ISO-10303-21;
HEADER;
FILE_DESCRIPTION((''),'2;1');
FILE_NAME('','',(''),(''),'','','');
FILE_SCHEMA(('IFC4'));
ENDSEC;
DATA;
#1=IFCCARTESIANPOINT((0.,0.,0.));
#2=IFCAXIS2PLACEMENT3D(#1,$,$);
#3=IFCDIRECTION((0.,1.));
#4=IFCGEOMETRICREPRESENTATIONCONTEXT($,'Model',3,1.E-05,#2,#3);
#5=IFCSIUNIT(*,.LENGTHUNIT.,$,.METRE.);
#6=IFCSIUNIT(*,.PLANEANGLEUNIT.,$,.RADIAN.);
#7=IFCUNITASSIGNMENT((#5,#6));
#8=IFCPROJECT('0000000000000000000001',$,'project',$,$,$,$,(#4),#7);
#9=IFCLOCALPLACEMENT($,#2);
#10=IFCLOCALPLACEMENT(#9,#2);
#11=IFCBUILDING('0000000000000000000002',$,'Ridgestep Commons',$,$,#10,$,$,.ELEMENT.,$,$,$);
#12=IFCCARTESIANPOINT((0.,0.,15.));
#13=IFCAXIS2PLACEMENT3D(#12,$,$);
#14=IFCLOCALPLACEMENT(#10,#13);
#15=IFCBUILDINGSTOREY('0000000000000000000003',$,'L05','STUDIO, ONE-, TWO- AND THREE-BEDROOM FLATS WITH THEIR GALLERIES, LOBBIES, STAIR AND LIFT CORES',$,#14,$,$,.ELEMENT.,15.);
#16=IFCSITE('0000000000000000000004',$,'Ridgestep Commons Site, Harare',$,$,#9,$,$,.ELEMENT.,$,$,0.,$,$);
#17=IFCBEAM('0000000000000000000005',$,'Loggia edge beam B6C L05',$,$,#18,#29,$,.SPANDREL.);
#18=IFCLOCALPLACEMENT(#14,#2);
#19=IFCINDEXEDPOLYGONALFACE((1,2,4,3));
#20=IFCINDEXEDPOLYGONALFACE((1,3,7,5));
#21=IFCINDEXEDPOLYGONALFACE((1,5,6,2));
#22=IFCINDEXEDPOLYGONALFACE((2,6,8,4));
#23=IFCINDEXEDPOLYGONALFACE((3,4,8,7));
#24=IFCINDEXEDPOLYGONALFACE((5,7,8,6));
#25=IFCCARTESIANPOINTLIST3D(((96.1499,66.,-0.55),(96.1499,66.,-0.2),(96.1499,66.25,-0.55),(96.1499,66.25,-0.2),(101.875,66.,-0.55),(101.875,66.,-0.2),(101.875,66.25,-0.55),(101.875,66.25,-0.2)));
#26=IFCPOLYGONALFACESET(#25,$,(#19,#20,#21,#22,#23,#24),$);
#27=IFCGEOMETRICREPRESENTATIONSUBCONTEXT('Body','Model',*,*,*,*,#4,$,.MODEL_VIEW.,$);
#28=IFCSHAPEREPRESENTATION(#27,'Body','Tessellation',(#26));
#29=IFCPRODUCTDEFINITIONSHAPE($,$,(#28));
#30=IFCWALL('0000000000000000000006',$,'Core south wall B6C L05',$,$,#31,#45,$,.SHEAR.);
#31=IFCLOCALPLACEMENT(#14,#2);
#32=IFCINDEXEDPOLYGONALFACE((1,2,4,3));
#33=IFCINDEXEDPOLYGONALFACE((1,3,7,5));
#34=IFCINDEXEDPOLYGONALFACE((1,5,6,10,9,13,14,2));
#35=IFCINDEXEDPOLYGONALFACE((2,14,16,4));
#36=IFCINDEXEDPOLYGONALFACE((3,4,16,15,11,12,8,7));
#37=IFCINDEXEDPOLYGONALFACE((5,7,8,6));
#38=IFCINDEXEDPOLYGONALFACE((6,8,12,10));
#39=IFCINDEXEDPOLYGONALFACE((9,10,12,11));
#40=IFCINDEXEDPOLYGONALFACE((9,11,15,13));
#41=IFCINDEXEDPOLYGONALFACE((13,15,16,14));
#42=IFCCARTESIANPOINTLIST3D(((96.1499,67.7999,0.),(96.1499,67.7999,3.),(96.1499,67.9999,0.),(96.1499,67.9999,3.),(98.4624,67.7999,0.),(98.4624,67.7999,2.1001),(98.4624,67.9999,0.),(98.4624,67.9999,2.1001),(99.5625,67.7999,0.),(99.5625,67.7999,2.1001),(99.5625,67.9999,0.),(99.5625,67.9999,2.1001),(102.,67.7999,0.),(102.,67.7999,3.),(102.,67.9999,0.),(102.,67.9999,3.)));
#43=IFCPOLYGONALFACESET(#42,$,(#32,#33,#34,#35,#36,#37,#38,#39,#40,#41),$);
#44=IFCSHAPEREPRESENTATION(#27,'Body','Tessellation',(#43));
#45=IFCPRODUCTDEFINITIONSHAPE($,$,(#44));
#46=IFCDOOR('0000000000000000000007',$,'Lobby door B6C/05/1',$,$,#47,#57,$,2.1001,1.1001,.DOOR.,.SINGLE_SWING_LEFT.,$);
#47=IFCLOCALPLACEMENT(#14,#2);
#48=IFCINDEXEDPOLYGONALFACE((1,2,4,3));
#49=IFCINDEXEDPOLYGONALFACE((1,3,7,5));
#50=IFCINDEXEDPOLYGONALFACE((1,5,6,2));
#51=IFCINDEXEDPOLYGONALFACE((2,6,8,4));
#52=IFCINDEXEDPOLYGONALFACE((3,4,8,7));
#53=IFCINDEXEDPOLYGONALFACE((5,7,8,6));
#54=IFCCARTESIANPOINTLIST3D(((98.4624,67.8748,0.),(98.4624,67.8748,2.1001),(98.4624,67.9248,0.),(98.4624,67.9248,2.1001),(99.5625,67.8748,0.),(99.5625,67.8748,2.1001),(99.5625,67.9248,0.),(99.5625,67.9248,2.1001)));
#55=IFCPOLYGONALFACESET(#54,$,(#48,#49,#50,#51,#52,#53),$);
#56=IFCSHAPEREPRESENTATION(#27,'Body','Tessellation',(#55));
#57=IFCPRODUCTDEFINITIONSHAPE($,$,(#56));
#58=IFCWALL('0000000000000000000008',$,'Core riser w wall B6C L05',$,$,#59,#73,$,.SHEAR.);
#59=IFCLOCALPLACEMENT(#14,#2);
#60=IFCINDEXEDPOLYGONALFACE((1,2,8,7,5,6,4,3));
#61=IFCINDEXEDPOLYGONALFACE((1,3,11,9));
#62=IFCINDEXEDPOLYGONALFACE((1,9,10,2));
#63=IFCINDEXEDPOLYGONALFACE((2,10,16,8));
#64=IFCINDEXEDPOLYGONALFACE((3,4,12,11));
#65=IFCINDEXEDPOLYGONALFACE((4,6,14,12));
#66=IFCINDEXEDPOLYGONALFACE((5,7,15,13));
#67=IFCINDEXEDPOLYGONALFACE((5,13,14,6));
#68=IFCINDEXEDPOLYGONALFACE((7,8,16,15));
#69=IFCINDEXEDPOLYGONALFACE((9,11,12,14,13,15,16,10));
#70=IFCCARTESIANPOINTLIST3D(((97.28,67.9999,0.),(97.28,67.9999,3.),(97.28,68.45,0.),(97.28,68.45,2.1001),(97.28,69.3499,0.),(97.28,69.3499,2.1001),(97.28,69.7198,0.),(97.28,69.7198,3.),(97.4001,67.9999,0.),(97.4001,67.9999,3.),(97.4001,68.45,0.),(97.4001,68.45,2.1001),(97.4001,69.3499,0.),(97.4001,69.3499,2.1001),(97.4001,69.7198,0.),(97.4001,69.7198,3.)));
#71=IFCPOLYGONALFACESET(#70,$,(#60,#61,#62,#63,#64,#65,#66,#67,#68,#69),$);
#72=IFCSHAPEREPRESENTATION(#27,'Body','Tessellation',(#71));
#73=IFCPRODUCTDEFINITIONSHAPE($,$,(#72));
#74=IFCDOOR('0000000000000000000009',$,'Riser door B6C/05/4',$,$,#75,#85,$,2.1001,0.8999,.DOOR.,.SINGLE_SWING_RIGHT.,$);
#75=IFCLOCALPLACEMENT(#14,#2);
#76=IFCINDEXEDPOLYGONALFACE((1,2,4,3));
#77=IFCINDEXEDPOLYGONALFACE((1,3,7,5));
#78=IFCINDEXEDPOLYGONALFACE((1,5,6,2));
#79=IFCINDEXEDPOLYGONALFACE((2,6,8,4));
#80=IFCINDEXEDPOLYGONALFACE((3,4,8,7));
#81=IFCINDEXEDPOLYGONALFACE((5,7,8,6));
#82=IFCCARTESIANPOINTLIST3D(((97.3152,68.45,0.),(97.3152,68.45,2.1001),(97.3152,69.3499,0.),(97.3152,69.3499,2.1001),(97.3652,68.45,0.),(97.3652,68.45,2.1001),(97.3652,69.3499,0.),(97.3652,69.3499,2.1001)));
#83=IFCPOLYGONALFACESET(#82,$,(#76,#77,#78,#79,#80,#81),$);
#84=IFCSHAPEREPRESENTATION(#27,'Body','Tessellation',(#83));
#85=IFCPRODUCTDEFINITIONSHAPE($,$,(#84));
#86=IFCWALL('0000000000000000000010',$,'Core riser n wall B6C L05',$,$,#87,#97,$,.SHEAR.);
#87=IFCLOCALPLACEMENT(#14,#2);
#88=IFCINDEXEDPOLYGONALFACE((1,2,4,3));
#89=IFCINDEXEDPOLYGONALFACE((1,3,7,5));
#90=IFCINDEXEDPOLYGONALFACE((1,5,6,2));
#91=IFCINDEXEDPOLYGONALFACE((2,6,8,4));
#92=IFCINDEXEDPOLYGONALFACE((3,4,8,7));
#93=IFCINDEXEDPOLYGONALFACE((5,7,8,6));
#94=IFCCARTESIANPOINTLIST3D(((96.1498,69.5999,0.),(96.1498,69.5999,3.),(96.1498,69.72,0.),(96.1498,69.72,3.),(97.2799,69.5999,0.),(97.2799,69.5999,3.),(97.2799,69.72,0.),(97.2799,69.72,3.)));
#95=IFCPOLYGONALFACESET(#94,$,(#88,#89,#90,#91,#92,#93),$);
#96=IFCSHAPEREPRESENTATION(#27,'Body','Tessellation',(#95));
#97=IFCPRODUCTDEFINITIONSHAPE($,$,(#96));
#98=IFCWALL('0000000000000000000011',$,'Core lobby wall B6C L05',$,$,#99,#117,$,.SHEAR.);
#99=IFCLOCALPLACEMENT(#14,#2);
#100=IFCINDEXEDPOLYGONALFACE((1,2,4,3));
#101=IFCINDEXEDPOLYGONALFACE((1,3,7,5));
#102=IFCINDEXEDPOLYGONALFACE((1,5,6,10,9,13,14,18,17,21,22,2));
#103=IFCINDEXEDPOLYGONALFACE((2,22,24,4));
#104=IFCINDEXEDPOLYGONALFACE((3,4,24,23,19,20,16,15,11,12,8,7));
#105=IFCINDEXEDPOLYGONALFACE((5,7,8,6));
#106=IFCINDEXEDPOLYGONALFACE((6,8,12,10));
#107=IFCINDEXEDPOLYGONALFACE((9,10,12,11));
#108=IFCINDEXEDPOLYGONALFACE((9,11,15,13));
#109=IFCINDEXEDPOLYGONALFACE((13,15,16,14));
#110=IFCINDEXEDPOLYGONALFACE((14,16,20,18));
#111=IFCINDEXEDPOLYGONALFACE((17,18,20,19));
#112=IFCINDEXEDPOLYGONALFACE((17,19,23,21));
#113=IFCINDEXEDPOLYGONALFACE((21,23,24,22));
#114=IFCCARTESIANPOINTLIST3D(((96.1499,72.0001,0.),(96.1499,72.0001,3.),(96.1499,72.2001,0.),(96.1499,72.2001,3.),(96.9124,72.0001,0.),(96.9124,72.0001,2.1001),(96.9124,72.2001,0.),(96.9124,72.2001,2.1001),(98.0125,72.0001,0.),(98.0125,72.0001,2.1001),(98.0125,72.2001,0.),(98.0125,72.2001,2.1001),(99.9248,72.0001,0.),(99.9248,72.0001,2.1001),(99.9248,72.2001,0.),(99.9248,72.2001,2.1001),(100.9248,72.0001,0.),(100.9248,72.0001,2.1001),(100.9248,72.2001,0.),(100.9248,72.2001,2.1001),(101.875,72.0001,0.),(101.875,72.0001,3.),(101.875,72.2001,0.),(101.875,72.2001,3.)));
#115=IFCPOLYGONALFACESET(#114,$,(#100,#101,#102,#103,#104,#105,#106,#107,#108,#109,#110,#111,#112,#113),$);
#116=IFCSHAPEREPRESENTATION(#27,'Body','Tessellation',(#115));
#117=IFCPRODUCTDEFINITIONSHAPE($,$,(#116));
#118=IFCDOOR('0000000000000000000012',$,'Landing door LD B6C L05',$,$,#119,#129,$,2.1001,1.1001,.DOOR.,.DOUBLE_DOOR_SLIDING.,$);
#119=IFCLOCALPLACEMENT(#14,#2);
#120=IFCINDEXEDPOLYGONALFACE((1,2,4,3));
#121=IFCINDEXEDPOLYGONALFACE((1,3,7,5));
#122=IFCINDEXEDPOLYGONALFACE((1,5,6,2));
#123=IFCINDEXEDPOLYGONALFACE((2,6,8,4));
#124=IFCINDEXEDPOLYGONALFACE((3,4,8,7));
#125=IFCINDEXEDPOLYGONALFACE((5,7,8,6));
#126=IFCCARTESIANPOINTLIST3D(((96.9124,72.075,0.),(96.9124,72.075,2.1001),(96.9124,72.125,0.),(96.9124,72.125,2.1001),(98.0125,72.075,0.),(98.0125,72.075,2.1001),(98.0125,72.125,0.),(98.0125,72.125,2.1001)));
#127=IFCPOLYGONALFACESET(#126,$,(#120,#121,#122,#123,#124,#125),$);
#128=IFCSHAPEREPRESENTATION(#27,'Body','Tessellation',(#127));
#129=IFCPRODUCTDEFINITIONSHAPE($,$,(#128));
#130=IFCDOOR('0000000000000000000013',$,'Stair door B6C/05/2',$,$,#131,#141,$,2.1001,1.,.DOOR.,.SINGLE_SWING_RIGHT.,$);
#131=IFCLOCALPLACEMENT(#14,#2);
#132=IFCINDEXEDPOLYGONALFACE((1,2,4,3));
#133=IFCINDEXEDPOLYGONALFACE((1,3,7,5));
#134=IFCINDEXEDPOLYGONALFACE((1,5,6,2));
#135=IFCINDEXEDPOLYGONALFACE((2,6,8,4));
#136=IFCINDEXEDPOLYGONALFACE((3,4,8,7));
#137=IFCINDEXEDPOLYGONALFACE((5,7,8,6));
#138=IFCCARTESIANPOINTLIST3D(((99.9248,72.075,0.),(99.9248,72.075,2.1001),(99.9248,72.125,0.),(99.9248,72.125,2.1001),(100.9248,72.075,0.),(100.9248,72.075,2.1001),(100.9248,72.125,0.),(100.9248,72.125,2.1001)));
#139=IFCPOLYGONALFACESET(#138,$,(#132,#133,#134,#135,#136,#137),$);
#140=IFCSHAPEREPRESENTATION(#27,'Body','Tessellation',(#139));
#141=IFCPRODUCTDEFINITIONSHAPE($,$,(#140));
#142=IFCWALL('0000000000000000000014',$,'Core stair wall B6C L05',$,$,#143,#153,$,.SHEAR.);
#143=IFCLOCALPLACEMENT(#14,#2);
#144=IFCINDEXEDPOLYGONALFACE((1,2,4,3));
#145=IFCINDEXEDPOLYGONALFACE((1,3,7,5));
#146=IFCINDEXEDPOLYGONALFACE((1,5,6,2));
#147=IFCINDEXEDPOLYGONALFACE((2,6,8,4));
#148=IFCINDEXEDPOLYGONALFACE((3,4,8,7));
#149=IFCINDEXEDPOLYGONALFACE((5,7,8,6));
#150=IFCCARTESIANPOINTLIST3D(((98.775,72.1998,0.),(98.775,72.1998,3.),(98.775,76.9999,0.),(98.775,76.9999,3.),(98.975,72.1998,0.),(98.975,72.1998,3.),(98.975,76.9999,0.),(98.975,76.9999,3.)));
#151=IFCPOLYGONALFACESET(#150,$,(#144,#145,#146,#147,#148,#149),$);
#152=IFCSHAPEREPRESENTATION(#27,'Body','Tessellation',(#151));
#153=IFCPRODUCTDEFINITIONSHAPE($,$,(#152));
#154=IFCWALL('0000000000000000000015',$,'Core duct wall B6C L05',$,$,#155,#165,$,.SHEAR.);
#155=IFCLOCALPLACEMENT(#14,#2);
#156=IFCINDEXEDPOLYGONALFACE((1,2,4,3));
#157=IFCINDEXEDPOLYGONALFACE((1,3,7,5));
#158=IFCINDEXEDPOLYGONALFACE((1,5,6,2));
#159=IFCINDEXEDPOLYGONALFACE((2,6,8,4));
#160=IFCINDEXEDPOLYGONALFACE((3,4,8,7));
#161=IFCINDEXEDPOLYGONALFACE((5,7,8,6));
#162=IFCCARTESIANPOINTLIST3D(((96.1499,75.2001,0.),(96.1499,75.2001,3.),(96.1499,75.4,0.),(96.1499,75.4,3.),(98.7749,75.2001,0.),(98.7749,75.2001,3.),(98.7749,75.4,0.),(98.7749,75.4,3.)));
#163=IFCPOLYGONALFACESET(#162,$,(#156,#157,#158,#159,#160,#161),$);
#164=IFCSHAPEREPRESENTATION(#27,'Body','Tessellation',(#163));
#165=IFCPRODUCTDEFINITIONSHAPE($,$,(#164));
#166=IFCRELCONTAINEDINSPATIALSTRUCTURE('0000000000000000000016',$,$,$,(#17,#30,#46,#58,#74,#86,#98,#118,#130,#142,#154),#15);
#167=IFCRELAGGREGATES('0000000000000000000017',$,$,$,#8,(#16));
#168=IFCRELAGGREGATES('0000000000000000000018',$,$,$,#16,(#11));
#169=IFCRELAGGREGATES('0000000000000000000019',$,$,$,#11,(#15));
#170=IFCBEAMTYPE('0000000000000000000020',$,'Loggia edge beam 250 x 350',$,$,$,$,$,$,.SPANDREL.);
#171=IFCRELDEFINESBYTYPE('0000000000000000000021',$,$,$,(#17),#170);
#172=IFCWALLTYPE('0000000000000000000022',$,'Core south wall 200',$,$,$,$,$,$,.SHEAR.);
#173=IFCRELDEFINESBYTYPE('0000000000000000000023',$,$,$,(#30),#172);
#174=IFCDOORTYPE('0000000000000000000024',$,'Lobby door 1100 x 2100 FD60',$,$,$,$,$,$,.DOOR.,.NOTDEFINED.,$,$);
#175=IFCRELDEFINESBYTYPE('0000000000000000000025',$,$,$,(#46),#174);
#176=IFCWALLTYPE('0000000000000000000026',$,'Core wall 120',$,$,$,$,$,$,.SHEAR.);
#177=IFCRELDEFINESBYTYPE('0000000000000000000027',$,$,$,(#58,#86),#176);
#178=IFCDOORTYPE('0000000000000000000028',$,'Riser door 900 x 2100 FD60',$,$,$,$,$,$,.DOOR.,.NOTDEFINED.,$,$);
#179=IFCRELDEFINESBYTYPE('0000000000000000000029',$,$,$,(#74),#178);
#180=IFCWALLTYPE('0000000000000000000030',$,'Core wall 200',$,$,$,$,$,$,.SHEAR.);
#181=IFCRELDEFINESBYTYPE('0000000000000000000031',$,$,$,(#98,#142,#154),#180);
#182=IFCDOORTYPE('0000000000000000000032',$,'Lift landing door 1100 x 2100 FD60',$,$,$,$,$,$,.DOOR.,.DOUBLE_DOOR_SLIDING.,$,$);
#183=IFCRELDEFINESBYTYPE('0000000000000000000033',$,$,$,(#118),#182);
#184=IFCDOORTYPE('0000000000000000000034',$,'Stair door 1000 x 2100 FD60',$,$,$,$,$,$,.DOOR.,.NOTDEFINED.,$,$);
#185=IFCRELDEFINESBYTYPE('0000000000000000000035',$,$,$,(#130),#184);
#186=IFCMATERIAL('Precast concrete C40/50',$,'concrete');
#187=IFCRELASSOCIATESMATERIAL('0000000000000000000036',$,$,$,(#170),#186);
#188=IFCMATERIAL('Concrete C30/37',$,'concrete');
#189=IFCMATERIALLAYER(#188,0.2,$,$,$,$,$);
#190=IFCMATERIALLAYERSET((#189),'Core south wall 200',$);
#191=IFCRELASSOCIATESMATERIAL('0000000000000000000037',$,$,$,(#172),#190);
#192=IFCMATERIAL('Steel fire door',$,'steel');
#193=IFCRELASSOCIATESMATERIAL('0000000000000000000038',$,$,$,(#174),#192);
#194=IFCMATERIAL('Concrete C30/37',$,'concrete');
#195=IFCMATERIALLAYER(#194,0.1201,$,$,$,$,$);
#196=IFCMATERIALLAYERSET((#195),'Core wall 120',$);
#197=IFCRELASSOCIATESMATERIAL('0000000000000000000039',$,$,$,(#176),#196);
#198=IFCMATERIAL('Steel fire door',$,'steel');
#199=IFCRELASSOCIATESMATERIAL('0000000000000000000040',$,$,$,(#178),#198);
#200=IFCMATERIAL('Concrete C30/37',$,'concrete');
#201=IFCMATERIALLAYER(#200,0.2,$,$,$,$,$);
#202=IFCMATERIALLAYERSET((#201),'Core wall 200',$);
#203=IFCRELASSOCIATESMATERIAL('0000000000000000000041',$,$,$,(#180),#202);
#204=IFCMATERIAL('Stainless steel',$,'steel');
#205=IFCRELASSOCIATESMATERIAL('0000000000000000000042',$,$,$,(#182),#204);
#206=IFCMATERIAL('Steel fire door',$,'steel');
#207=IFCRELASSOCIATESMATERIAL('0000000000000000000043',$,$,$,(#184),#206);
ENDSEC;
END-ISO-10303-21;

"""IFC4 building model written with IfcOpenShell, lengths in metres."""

from ifc_helpers import new_model, si_unit, direction, frame, frame_2d, origin, origin_2d, place, context, subcontext, project, spatial, rectangle, extrude, material, layer, layer_set, material_profile, profile_set, type_object, element, fill, save


model = new_model("IFC4")

# Units and contexts
model_context = context("Model", 3, precision=1e-05, world=origin(), true_north=direction((0.0, 1.0)))
body_context = subcontext(model_context, "Body", "Model", "MODEL_VIEW")
ifc_project = project(units=[si_unit("LENGTHUNIT", "METRE"), si_unit("PLANEANGLEUNIT", "RADIAN")], contexts=[model_context])

# Site, building, storey
site_placement = place(None, origin())
site = spatial("IfcSite", under=ifc_project, at=site_placement, Name="Ridgestep Commons Site, Harare", CompositionType="ELEMENT", RefElevation=0.0)
building_placement = place(site_placement, origin())
building = spatial("IfcBuilding", under=site, at=building_placement, Name="Ridgestep Commons", CompositionType="ELEMENT")
storey_placement = place(building_placement, frame((0.0, 0.0, 15.0)))
storey = spatial("IfcBuildingStorey", under=building, at=storey_placement, Name="L05", Description="STUDIO, ONE-, TWO- AND THREE-BEDROOM FLATS WITH THEIR GALLERIES, LOBBIES, STAIR AND LIFT CORES", CompositionType="ELEMENT", Elevation=15.0)

# Beam
ifc_material_1 = material(Name="Precast concrete C40/50", Category="concrete")
ifc_material_profile = material_profile(ifc_material_1, rectangle(XDim=0.25, YDim=0.3501, at=origin_2d()), Name="PC 250x350")
ifc_profile_set = profile_set([ifc_material_profile], Name="Precast concrete C40/50")
beam_type = type_object("IfcBeamType", Name="Loggia edge beam 250 x 350", PredefinedType="SPANDREL", material=ifc_profile_set)
beam_placement = place(storey_placement, frame((96.1499, 66.125, -0.375), z_axis=(1.0, 0.0, 0.0), x_axis=(0.0, 1.0, 0.0)))
element("IfcBeam", 1, at=beam_placement, inside=storey, type_object=beam_type, Name="Loggia edge beam B6C L05", PredefinedType="SPANDREL", context=body_context, shape_type="SweptSolid", body=[
    extrude(rectangle(XDim=0.25, YDim=0.3501, at=origin_2d()), origin(), (0.0, 0.0, 1.0), 5.7251),
])

# Walls, openings, doors
ifc_material_2 = material(Name="Concrete C30/37", Category="concrete")
ifc_layer_1 = layer(ifc_material_2, 0.2)
ifc_layer_set_1 = layer_set([ifc_layer_1], Name="Core south wall 200")
wall_type_1 = type_object("IfcWallType", Name="Core south wall 200", PredefinedType="SHEAR", material=ifc_layer_set_1)
wall_1_placement = place(storey_placement, frame((96.1499, 67.8999, 0.0), z_axis=(0.0, 0.0, 1.0), x_axis=(1.0, 0.0, 0.0)))
wall_1 = element("IfcWall", 2, at=wall_1_placement, inside=storey, type_object=wall_type_1, Name="Core south wall B6C L05", PredefinedType="SHEAR", context=body_context, shape_type="SweptSolid", body=[
    extrude(rectangle(XDim=5.8501, YDim=0.2, at=frame_2d((2.925, 0.0))), origin(), (0.0, 0.0, 1.0), 3.0),
])
opening_1_placement = place(wall_1_placement, frame((2.3125, 0.0, 0.0)))
opening_1 = element("IfcOpeningElement", 3, at=opening_1_placement, cuts=wall_1, PredefinedType="OPENING", context=body_context, shape_type="SweptSolid", body=[
    extrude(rectangle(XDim=1.1001, YDim=2.1001, at=frame_2d((0.55, 1.05))), frame((0.0, 0.1099, 0.0), z_axis=(0.0, -1.0, 0.0), x_axis=(1.0, 0.0, 0.0)), (0.0, 0.0, 1.0), 0.22),
])
ifc_material_3 = material(Name="Steel fire door", Category="steel")
door_type_1 = type_object("IfcDoorType", Name="Lobby door 1100 x 2100 FD60", OperationType="NOTDEFINED", PredefinedType="DOOR", material=ifc_material_3)
door_1_placement = place(opening_1_placement, origin())
door_1 = element("IfcDoor", 4, at=door_1_placement, inside=storey, type_object=door_type_1, Name="Lobby door B6C/05/1", OperationType="SINGLE_SWING_LEFT", OverallHeight=2.1001, OverallWidth=1.1001, PredefinedType="DOOR", context=body_context, shape_type="SweptSolid", body=[
    extrude(rectangle(XDim=1.1001, YDim=2.1001, at=frame_2d((0.55, 1.05))), frame((0.0, 0.0249, 0.0), z_axis=(0.0, -1.0, 0.0), x_axis=(1.0, 0.0, 0.0)), (0.0, 0.0, 1.0), 0.05),
])
fill(opening_1, door_1)
ifc_material_4 = material(Name="Concrete C30/37", Category="concrete")
ifc_layer_2 = layer(ifc_material_4, 0.1201)
ifc_layer_set_2 = layer_set([ifc_layer_2], Name="Core wall 120")
wall_type_2 = type_object("IfcWallType", Name="Core wall 120", PredefinedType="SHEAR", material=ifc_layer_set_2)
wall_2_placement = place(storey_placement, frame((97.3401, 68.0, 0.0), z_axis=(0.0, 0.0, 1.0), x_axis=(0.0, 1.0, 0.0)))
wall_2 = element("IfcWall", 5, at=wall_2_placement, inside=storey, type_object=wall_type_2, Name="Core riser w wall B6C L05", PredefinedType="SHEAR", context=body_context, shape_type="SweptSolid", body=[
    extrude(rectangle(XDim=1.72, YDim=0.1201, at=frame_2d((0.8599, 0.0))), origin(), (0.0, 0.0, 1.0), 3.0),
])
opening_2_placement = place(wall_2_placement, frame((0.45, 0.0, 0.0)))
opening_2 = element("IfcOpeningElement", 6, at=opening_2_placement, cuts=wall_2, PredefinedType="OPENING", context=body_context, shape_type="SweptSolid", body=[
    extrude(rectangle(XDim=0.8999, YDim=2.1001, at=frame_2d((0.45, 1.05))), frame((0.0, 0.0701, 0.0), z_axis=(0.0, -1.0, 0.0), x_axis=(1.0, 0.0, 0.0)), (0.0, 0.0, 1.0), 0.1401),
])
ifc_material_5 = material(Name="Steel fire door", Category="steel")
door_type_2 = type_object("IfcDoorType", Name="Riser door 900 x 2100 FD60", OperationType="NOTDEFINED", PredefinedType="DOOR", material=ifc_material_5)
door_2_placement = place(opening_2_placement, origin())
door_2 = element("IfcDoor", 7, at=door_2_placement, inside=storey, type_object=door_type_2, Name="Riser door B6C/05/4", OperationType="SINGLE_SWING_RIGHT", OverallHeight=2.1001, OverallWidth=0.8999, PredefinedType="DOOR", context=body_context, shape_type="SweptSolid", body=[
    extrude(rectangle(XDim=0.8999, YDim=2.1001, at=frame_2d((0.45, 1.05))), frame((0.0, 0.0249, 0.0), z_axis=(0.0, -1.0, 0.0), x_axis=(1.0, 0.0, 0.0)), (0.0, 0.0, 1.0), 0.05),
])
fill(opening_2, door_2)

# Wall
wall_3_placement = place(storey_placement, frame((96.1499, 69.6599, 0.0), z_axis=(0.0, 0.0, 1.0), x_axis=(1.0, 0.0, 0.0)))
element("IfcWall", 8, at=wall_3_placement, inside=storey, type_object=wall_type_2, Name="Core riser n wall B6C L05", PredefinedType="SHEAR", context=body_context, shape_type="SweptSolid", body=[
    extrude(rectangle(XDim=1.1301, YDim=0.1201, at=frame_2d((0.5649, 0.0))), origin(), (0.0, 0.0, 1.0), 3.0),
])

# Wall, openings, doors
ifc_material_6 = material(Name="Concrete C30/37", Category="concrete")
ifc_layer_3 = layer(ifc_material_6, 0.2)
ifc_layer_set_3 = layer_set([ifc_layer_3], Name="Core wall 200")
wall_type_3 = type_object("IfcWallType", Name="Core wall 200", PredefinedType="SHEAR", material=ifc_layer_set_3)
wall_4_placement = place(storey_placement, frame((96.1499, 72.1001, 0.0), z_axis=(0.0, 0.0, 1.0), x_axis=(1.0, 0.0, 0.0)))
wall_4 = element("IfcWall", 9, at=wall_4_placement, inside=storey, type_object=wall_type_3, Name="Core lobby wall B6C L05", PredefinedType="SHEAR", context=body_context, shape_type="SweptSolid", body=[
    extrude(rectangle(XDim=5.7251, YDim=0.2, at=frame_2d((2.8625, 0.0))), origin(), (0.0, 0.0, 1.0), 3.0),
])
opening_3_placement = place(wall_4_placement, frame((3.7749, 0.0, 0.0)))
opening_3 = element("IfcOpeningElement", 10, at=opening_3_placement, cuts=wall_4, PredefinedType="OPENING", context=body_context, shape_type="SweptSolid", body=[
    extrude(rectangle(XDim=1.0, YDim=2.1001, at=frame_2d((0.5, 1.05))), frame((0.0, 0.1099, 0.0), z_axis=(0.0, -1.0, 0.0), x_axis=(1.0, 0.0, 0.0)), (0.0, 0.0, 1.0), 0.22),
])
opening_4_placement = place(wall_4_placement, frame((0.7625, 0.0, 0.0)))
opening_4 = element("IfcOpeningElement", 11, at=opening_4_placement, cuts=wall_4, PredefinedType="OPENING", context=body_context, shape_type="SweptSolid", body=[
    extrude(rectangle(XDim=1.1001, YDim=2.1001, at=frame_2d((0.55, 1.05))), frame((0.0, 0.1099, 0.0), z_axis=(0.0, -1.0, 0.0), x_axis=(1.0, 0.0, 0.0)), (0.0, 0.0, 1.0), 0.22),
])
ifc_material_7 = material(Name="Stainless steel", Category="steel")
door_type_3 = type_object("IfcDoorType", Name="Lift landing door 1100 x 2100 FD60", OperationType="DOUBLE_DOOR_SLIDING", PredefinedType="DOOR", material=ifc_material_7)
door_3_placement = place(opening_4_placement, origin())
door_3 = element("IfcDoor", 12, at=door_3_placement, inside=storey, type_object=door_type_3, Name="Landing door LD B6C L05", OperationType="DOUBLE_DOOR_SLIDING", OverallHeight=2.1001, OverallWidth=1.1001, PredefinedType="DOOR", context=body_context, shape_type="SweptSolid", body=[
    extrude(rectangle(XDim=1.1001, YDim=2.1001, at=frame_2d((0.55, 1.05))), frame((0.0, 0.0249, 0.0), z_axis=(0.0, -1.0, 0.0), x_axis=(1.0, 0.0, 0.0)), (0.0, 0.0, 1.0), 0.05),
])
fill(opening_4, door_3)
ifc_material_8 = material(Name="Steel fire door", Category="steel")
door_type_4 = type_object("IfcDoorType", Name="Stair door 1000 x 2100 FD60", OperationType="NOTDEFINED", PredefinedType="DOOR", material=ifc_material_8)
door_4_placement = place(opening_3_placement, origin())
door_4 = element("IfcDoor", 13, at=door_4_placement, inside=storey, type_object=door_type_4, Name="Stair door B6C/05/2", OperationType="SINGLE_SWING_RIGHT", OverallHeight=2.1001, OverallWidth=1.0, PredefinedType="DOOR", context=body_context, shape_type="SweptSolid", body=[
    extrude(rectangle(XDim=1.0, YDim=2.1001, at=frame_2d((0.5, 1.05))), frame((0.0, 0.0249, 0.0), z_axis=(0.0, -1.0, 0.0), x_axis=(1.0, 0.0, 0.0)), (0.0, 0.0, 1.0), 0.05),
])
fill(opening_3, door_4)

# Walls
wall_5_placement = place(storey_placement, frame((98.875, 72.2, 0.0), z_axis=(0.0, 0.0, 1.0), x_axis=(0.0, 1.0, 0.0)))
element("IfcWall", 14, at=wall_5_placement, inside=storey, type_object=wall_type_3, Name="Core stair wall B6C L05", PredefinedType="SHEAR", context=body_context, shape_type="SweptSolid", body=[
    extrude(rectangle(XDim=4.8, YDim=0.2, at=frame_2d((2.3999, 0.0))), origin(), (0.0, 0.0, 1.0), 3.0),
])
wall_6_placement = place(storey_placement, frame((96.1499, 75.3, 0.0), z_axis=(0.0, 0.0, 1.0), x_axis=(1.0, 0.0, 0.0)))
element("IfcWall", 15, at=wall_6_placement, inside=storey, type_object=wall_type_3, Name="Core duct wall B6C L05", PredefinedType="SHEAR", context=body_context, shape_type="SweptSolid", body=[
    extrude(rectangle(XDim=2.625, YDim=0.2, at=frame_2d((1.3125, 0.0))), origin(), (0.0, 0.0, 1.0), 3.0),
])

save(model, "model.ifc")
